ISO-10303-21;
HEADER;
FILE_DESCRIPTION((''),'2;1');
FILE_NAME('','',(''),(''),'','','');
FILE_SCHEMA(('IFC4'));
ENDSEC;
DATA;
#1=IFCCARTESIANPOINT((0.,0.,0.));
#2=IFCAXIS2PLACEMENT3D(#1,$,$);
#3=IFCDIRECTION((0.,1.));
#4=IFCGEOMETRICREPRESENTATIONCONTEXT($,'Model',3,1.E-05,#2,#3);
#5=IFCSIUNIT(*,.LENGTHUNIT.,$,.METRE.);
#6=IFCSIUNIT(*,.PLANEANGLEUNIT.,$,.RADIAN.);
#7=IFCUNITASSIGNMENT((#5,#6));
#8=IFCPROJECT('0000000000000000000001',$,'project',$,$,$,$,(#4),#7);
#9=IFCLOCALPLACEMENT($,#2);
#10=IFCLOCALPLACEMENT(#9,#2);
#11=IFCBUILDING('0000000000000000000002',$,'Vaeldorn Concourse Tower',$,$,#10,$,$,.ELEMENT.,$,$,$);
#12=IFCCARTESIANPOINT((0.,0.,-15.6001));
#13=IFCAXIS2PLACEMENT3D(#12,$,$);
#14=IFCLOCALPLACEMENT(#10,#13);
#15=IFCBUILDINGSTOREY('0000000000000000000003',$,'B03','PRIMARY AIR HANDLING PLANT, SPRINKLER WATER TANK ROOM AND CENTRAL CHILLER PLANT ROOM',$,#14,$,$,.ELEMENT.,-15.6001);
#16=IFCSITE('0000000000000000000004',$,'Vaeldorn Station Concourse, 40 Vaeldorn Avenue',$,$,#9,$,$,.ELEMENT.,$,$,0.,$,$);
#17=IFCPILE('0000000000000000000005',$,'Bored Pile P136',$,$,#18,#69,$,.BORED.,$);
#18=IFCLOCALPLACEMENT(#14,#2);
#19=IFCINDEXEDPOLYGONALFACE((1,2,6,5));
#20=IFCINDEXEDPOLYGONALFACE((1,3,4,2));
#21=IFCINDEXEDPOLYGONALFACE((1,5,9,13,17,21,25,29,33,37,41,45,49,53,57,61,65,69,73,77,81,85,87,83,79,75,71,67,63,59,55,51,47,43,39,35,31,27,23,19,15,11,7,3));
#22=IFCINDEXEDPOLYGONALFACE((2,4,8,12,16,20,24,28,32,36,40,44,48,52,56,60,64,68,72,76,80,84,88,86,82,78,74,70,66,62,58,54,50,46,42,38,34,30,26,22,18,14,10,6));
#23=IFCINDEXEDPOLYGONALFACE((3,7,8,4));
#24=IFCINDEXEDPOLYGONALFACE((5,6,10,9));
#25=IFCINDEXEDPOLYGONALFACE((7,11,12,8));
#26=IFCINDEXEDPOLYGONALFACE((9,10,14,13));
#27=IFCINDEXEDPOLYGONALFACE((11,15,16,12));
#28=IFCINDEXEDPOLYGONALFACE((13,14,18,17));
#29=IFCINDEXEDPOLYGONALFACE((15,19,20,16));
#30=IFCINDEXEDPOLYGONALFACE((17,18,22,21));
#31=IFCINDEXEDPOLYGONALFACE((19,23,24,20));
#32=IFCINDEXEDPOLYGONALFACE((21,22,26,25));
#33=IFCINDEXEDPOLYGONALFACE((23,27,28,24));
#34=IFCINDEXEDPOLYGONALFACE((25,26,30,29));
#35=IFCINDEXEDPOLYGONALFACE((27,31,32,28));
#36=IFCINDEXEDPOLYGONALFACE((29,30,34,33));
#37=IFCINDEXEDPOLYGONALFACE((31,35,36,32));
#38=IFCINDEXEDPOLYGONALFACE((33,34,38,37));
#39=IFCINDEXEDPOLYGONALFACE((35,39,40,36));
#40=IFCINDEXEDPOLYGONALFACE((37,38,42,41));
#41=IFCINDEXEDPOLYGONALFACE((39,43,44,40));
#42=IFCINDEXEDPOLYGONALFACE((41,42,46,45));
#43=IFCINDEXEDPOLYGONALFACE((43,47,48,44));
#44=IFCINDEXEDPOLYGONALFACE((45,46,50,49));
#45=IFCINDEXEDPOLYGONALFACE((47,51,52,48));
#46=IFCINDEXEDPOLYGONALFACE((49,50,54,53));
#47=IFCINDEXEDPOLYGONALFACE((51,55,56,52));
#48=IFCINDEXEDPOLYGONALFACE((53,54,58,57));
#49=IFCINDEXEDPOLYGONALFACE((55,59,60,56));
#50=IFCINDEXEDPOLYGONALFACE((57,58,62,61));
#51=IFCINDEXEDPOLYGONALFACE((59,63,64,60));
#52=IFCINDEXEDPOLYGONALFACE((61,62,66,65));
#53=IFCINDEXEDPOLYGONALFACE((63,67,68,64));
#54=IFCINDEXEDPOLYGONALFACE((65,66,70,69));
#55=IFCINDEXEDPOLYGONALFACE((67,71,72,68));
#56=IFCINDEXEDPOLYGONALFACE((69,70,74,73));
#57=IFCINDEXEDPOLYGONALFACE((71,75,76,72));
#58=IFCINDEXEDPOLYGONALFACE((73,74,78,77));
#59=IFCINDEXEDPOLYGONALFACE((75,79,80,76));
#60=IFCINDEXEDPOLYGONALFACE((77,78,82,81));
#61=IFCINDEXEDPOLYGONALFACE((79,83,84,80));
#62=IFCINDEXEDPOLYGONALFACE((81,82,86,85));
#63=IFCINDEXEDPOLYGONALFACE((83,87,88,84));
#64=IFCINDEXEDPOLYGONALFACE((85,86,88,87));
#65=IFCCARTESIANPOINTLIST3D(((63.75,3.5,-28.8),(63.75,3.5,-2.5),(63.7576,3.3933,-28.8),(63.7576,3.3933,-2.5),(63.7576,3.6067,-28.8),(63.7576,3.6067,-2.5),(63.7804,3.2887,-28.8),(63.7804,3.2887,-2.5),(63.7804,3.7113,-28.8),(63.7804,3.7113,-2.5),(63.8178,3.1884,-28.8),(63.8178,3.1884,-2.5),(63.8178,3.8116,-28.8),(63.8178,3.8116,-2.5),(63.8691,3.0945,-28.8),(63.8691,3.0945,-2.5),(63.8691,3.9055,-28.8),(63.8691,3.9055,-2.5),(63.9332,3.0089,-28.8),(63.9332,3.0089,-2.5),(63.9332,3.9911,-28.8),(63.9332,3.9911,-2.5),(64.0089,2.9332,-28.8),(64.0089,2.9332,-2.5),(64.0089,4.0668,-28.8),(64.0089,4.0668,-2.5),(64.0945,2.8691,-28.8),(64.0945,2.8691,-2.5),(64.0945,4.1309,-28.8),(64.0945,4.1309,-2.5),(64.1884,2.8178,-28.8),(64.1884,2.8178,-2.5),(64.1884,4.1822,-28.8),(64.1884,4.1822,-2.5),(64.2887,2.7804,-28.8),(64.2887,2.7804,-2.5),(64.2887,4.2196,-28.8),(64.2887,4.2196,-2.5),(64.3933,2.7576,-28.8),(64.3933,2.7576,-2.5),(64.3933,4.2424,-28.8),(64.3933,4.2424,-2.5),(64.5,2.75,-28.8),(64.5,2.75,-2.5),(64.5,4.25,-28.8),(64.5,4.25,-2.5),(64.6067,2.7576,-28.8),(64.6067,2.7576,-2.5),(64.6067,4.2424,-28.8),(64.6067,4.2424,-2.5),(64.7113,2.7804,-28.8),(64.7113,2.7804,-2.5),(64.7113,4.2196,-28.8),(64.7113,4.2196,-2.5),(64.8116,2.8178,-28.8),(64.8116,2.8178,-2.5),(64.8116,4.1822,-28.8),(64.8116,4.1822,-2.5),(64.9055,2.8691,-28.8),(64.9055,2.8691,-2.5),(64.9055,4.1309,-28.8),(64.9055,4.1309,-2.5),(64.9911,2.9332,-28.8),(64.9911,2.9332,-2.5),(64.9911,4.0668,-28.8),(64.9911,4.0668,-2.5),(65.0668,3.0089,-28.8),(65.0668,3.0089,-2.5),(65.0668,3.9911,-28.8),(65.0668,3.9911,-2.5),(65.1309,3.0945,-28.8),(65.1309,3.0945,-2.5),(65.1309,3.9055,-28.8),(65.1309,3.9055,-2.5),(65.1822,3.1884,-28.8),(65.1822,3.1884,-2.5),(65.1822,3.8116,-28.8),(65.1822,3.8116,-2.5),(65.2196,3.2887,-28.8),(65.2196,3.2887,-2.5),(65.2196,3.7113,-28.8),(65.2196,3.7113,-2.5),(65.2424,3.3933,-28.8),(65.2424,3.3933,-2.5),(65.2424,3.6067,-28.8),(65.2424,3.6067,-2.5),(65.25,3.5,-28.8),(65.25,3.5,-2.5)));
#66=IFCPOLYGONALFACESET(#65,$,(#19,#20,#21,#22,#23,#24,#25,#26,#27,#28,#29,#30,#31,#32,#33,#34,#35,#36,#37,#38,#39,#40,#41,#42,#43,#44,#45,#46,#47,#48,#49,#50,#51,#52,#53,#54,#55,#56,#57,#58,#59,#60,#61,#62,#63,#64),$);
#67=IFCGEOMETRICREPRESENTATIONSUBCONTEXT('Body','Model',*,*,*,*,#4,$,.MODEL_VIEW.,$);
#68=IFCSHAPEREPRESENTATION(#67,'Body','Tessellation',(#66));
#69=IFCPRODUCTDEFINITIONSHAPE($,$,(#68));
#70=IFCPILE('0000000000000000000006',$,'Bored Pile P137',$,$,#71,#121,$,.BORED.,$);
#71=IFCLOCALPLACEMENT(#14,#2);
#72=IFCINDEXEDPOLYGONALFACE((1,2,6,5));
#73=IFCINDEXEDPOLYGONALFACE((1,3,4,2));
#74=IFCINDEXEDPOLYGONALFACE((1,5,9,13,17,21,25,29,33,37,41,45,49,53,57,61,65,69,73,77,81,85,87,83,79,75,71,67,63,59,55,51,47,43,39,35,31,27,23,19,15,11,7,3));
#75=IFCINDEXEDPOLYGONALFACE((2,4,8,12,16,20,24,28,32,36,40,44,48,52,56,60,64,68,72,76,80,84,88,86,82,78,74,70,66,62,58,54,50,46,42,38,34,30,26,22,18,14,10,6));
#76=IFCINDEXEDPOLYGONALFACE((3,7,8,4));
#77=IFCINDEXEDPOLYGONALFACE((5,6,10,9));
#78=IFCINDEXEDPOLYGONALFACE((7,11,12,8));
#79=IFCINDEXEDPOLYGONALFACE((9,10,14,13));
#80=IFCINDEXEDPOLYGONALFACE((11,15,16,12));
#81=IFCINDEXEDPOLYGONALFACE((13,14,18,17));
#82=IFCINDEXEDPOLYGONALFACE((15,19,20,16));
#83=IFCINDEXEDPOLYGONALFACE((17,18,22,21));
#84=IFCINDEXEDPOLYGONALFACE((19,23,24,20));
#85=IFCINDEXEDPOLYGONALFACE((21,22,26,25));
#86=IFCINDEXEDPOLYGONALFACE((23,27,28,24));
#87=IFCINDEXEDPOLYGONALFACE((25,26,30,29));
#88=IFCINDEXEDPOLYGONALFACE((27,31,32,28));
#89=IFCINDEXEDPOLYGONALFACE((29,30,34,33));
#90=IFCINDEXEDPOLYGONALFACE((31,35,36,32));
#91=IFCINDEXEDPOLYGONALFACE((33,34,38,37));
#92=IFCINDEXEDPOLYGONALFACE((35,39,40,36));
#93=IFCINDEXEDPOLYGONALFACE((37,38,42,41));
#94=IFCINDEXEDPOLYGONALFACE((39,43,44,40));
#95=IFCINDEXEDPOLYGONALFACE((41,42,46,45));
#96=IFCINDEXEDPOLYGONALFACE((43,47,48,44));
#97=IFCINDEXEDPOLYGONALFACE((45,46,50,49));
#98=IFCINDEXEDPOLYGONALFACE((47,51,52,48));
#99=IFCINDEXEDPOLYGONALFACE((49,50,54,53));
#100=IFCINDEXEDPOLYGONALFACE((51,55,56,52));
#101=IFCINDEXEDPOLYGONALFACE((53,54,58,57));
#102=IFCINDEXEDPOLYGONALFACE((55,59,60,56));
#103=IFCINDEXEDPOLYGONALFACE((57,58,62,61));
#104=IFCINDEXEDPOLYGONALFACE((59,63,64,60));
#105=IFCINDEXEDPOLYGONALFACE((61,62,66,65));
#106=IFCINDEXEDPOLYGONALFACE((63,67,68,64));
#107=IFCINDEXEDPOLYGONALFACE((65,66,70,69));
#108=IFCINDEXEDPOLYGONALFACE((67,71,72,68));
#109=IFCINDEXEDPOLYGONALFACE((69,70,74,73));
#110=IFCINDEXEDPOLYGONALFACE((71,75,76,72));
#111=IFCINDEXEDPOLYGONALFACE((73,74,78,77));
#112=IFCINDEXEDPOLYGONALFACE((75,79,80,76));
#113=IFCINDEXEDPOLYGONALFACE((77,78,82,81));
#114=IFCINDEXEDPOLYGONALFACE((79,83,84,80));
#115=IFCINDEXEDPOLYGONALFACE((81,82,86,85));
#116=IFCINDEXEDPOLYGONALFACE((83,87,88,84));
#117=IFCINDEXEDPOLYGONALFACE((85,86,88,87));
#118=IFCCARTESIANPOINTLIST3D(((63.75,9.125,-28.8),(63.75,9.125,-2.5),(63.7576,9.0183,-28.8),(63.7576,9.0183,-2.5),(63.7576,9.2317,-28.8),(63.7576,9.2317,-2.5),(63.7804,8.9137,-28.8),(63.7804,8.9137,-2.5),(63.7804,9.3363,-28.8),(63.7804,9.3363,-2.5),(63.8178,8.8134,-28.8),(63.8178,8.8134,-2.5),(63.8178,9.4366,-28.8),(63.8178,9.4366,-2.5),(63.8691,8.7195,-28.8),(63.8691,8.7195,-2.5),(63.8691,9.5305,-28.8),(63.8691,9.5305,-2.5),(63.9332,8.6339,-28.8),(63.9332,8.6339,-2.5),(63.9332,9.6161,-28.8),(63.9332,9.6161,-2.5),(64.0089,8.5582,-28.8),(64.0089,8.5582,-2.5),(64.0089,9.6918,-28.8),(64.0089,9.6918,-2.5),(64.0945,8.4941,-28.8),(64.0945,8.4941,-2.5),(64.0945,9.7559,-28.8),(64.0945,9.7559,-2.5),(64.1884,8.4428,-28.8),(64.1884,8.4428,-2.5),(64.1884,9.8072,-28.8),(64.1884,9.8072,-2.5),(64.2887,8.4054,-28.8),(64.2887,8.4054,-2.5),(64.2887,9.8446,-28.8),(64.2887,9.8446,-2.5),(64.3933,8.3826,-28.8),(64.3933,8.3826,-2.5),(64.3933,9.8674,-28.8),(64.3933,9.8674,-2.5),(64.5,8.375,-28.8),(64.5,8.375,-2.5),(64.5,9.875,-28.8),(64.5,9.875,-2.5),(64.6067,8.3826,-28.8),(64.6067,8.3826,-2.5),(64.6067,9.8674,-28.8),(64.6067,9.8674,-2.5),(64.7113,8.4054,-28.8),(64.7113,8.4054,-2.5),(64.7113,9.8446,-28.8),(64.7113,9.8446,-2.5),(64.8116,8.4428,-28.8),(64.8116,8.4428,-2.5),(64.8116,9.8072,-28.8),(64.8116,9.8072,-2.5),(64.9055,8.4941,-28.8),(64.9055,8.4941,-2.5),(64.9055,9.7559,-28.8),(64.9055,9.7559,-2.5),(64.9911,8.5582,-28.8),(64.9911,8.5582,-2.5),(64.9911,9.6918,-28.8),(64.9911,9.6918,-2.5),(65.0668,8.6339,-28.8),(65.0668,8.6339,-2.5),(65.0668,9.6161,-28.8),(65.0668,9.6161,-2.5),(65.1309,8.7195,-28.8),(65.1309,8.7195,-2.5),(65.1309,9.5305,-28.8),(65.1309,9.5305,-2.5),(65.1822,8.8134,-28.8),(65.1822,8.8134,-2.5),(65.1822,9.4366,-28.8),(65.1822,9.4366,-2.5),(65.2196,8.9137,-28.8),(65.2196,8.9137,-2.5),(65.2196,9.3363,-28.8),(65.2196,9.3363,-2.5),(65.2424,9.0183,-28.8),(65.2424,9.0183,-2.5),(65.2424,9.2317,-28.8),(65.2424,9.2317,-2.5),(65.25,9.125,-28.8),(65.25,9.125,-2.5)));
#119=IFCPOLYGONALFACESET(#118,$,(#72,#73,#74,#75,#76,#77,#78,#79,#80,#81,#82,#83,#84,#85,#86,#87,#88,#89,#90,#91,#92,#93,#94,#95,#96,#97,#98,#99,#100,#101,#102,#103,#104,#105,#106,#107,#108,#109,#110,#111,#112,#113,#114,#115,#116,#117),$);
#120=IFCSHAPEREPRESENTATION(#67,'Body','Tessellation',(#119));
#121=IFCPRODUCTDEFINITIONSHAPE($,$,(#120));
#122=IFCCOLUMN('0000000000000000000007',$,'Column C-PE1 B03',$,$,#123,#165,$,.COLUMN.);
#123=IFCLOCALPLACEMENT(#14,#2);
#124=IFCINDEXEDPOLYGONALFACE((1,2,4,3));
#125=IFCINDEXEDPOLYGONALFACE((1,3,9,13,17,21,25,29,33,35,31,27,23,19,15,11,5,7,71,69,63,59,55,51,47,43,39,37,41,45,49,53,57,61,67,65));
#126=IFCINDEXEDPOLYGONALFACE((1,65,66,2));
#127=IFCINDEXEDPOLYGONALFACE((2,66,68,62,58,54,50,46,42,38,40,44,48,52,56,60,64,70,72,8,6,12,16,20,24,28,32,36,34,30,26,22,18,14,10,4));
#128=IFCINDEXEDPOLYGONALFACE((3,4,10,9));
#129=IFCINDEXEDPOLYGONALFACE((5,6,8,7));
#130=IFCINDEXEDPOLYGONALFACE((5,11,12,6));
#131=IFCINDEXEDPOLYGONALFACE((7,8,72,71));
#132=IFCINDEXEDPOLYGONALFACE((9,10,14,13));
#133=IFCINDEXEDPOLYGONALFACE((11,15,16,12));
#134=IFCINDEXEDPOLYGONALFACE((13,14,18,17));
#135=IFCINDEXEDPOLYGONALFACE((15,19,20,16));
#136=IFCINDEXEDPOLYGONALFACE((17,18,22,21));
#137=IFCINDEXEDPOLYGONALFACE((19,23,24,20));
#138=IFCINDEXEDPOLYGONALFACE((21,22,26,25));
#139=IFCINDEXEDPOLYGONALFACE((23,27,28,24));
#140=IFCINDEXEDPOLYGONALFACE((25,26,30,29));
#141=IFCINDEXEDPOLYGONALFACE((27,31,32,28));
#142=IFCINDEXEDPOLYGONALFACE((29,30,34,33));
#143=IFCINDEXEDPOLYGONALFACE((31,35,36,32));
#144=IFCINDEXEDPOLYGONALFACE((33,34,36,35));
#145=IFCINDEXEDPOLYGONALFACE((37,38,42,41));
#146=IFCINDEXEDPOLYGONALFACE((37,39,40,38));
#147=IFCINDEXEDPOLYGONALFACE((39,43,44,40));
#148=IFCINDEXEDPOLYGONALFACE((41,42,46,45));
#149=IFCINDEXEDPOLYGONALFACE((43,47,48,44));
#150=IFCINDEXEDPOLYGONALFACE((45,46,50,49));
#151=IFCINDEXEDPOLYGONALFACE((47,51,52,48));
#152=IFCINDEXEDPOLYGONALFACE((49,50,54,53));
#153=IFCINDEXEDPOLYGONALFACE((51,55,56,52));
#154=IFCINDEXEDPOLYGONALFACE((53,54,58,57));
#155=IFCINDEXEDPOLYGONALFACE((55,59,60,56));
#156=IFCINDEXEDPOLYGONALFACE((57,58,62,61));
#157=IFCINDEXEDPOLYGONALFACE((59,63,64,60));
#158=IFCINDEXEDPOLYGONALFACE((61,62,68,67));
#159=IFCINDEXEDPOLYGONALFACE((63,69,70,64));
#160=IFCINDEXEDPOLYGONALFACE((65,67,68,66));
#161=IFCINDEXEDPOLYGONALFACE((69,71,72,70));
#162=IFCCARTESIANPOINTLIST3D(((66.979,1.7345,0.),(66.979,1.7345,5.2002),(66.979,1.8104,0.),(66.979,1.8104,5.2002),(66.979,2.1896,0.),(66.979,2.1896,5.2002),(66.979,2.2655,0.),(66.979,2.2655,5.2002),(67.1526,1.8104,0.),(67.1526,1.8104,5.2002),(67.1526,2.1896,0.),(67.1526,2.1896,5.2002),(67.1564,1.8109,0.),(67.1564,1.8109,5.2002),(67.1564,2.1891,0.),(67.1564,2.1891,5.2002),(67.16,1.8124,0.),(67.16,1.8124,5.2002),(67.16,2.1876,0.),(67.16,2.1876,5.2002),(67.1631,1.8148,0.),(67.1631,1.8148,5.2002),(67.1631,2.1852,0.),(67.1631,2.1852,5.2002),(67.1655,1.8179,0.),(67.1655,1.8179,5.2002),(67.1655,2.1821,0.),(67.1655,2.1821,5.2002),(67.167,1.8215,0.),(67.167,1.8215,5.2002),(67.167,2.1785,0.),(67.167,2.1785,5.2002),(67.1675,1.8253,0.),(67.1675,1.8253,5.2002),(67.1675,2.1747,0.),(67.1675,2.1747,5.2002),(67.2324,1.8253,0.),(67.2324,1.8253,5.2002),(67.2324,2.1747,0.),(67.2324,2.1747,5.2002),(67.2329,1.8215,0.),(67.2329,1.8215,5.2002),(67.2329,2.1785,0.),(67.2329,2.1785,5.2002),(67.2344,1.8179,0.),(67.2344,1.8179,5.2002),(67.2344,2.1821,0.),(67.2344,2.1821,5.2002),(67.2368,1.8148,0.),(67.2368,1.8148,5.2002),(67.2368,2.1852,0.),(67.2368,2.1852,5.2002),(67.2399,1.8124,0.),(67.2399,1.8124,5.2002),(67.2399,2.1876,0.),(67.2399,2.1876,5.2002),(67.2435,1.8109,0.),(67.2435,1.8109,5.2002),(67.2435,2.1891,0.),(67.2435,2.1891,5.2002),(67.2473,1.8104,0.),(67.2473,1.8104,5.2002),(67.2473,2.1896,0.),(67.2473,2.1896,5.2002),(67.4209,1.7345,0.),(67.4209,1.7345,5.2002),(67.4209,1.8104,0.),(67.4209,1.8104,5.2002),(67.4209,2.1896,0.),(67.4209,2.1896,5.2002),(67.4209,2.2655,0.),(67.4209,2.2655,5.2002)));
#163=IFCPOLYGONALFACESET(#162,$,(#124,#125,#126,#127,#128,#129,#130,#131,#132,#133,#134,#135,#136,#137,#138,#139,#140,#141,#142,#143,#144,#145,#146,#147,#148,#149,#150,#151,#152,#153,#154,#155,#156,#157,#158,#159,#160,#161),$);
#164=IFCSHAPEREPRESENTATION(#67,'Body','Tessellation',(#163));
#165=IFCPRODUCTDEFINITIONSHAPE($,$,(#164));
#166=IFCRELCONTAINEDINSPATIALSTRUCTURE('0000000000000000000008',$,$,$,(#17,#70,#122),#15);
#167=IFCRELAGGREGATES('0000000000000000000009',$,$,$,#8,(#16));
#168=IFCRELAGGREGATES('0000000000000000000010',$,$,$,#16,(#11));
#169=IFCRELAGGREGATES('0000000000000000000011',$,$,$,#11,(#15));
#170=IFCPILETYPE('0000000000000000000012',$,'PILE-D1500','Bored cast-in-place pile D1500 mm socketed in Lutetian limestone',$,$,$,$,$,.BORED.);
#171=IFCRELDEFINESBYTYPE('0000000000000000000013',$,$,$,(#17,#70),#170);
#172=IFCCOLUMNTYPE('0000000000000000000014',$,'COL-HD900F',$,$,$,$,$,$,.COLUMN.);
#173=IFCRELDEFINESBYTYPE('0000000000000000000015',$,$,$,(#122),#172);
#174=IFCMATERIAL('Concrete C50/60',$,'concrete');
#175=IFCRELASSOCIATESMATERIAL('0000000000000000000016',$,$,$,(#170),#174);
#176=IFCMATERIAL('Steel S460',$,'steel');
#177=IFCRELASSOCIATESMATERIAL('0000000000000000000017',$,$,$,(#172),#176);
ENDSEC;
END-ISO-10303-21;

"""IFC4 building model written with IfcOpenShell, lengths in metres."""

from ifc_helpers import new_model, si_unit, direction, frame, origin, origin_2d, place, context, subcontext, project, spatial, circle, i_section, extrude, source, transform, mapped, material, material_profile, profile_set, type_object, element, save


model = new_model("IFC4")

# Units and contexts
model_context = context("Model", 3, precision=1e-05, world=origin(), true_north=direction((0.0, 1.0)))
body_context = subcontext(model_context, "Body", "Model", "MODEL_VIEW")
ifc_project = project(units=[si_unit("LENGTHUNIT", "METRE"), si_unit("PLANEANGLEUNIT", "RADIAN")], contexts=[model_context])

# Site, building, storey
site_placement = place(None, origin())
site = spatial("IfcSite", under=ifc_project, at=site_placement, Name="Vaeldorn Station Concourse, 40 Vaeldorn Avenue", CompositionType="ELEMENT", RefElevation=0.0)
building_placement = place(site_placement, origin())
building = spatial("IfcBuilding", under=site, at=building_placement, Name="Vaeldorn Concourse Tower", CompositionType="ELEMENT")
storey_placement = place(building_placement, frame((0.0, 0.0, -15.6001)))
storey = spatial("IfcBuildingStorey", under=building, at=storey_placement, Name="B03", Description="PRIMARY AIR HANDLING PLANT, SPRINKLER WATER TANK ROOM AND CENTRAL CHILLER PLANT ROOM", CompositionType="ELEMENT", Elevation=-15.6001)

# Piles
ifc_material_1 = material(Name="Concrete C50/60", Category="concrete")
ifc_material_profile_1 = material_profile(ifc_material_1, circle(Radius=0.75, at=origin_2d()), Name="BORED PILE D1500")
ifc_profile_set_1 = profile_set([ifc_material_profile_1], Name="Concrete C50/60")
pile_type = type_object("IfcPileType", Name="PILE-D1500", Description="Bored cast-in-place pile D1500 mm socketed in Lutetian limestone", PredefinedType="BORED", material=ifc_profile_set_1)
for number, where, z_axis, x_axis, name in (
    (1, (64.5, 3.5, -2.5), (0.0, 0.0, -1.0), (1.0, 0.0, 0.0), "Bored Pile P136"),
    (2, (64.5, 9.125, -2.5), (0.0, 0.0, -1.0), (1.0, 0.0, 0.0), "Bored Pile P137"),
):
    element("IfcPile", number, at=place(storey_placement, frame(where, z_axis=z_axis, x_axis=x_axis)), inside=storey, type_object=pile_type, Name=name, PredefinedType="BORED", context=body_context, shape_type="SweptSolid", body=[
        extrude(circle(Radius=0.75, at=origin_2d()), origin(), (0.0, 0.0, 1.0), 26.3),
    ])

# Column
ifc_material_2 = material(Name="Steel S460", Category="steel")
ifc_material_profile_2 = material_profile(ifc_material_2, i_section(OverallWidth=0.4419, OverallDepth=0.531, WebThickness=0.0649, FlangeThickness=0.0759, FilletRadius=0.0149, at=origin_2d()), Name="HD 400x900")
ifc_profile_set_2 = profile_set([ifc_material_profile_2], Name="Steel S460")
column_type = type_object("IfcColumnType", Name="COL-HD900F", PredefinedType="COLUMN", material=ifc_profile_set_2)
shared_shape_1 = source(origin(), body_context, "Body", "SweptSolid", [
    extrude(i_section(OverallWidth=0.4419, OverallDepth=0.531, WebThickness=0.0649, FlangeThickness=0.0759, FilletRadius=0.0149, at=origin_2d()), origin(), (0.0, 0.0, 1.0), 5.2002),
])
column_placement = place(storey_placement, frame((67.2, 2.0, 0.0), z_axis=(0.0, 0.0, 1.0), x_axis=(1.0, 0.0, 0.0)))
element("IfcColumn", 3, at=column_placement, inside=storey, type_object=column_type, Name="Column C-PE1 B03", PredefinedType="COLUMN", context=body_context, shape_type="MappedRepresentation", body=[
    mapped(shared_shape_1, transform((0.0, 0.0, 0.0), scale=1.0)),
])

save(model, "model.ifc")
